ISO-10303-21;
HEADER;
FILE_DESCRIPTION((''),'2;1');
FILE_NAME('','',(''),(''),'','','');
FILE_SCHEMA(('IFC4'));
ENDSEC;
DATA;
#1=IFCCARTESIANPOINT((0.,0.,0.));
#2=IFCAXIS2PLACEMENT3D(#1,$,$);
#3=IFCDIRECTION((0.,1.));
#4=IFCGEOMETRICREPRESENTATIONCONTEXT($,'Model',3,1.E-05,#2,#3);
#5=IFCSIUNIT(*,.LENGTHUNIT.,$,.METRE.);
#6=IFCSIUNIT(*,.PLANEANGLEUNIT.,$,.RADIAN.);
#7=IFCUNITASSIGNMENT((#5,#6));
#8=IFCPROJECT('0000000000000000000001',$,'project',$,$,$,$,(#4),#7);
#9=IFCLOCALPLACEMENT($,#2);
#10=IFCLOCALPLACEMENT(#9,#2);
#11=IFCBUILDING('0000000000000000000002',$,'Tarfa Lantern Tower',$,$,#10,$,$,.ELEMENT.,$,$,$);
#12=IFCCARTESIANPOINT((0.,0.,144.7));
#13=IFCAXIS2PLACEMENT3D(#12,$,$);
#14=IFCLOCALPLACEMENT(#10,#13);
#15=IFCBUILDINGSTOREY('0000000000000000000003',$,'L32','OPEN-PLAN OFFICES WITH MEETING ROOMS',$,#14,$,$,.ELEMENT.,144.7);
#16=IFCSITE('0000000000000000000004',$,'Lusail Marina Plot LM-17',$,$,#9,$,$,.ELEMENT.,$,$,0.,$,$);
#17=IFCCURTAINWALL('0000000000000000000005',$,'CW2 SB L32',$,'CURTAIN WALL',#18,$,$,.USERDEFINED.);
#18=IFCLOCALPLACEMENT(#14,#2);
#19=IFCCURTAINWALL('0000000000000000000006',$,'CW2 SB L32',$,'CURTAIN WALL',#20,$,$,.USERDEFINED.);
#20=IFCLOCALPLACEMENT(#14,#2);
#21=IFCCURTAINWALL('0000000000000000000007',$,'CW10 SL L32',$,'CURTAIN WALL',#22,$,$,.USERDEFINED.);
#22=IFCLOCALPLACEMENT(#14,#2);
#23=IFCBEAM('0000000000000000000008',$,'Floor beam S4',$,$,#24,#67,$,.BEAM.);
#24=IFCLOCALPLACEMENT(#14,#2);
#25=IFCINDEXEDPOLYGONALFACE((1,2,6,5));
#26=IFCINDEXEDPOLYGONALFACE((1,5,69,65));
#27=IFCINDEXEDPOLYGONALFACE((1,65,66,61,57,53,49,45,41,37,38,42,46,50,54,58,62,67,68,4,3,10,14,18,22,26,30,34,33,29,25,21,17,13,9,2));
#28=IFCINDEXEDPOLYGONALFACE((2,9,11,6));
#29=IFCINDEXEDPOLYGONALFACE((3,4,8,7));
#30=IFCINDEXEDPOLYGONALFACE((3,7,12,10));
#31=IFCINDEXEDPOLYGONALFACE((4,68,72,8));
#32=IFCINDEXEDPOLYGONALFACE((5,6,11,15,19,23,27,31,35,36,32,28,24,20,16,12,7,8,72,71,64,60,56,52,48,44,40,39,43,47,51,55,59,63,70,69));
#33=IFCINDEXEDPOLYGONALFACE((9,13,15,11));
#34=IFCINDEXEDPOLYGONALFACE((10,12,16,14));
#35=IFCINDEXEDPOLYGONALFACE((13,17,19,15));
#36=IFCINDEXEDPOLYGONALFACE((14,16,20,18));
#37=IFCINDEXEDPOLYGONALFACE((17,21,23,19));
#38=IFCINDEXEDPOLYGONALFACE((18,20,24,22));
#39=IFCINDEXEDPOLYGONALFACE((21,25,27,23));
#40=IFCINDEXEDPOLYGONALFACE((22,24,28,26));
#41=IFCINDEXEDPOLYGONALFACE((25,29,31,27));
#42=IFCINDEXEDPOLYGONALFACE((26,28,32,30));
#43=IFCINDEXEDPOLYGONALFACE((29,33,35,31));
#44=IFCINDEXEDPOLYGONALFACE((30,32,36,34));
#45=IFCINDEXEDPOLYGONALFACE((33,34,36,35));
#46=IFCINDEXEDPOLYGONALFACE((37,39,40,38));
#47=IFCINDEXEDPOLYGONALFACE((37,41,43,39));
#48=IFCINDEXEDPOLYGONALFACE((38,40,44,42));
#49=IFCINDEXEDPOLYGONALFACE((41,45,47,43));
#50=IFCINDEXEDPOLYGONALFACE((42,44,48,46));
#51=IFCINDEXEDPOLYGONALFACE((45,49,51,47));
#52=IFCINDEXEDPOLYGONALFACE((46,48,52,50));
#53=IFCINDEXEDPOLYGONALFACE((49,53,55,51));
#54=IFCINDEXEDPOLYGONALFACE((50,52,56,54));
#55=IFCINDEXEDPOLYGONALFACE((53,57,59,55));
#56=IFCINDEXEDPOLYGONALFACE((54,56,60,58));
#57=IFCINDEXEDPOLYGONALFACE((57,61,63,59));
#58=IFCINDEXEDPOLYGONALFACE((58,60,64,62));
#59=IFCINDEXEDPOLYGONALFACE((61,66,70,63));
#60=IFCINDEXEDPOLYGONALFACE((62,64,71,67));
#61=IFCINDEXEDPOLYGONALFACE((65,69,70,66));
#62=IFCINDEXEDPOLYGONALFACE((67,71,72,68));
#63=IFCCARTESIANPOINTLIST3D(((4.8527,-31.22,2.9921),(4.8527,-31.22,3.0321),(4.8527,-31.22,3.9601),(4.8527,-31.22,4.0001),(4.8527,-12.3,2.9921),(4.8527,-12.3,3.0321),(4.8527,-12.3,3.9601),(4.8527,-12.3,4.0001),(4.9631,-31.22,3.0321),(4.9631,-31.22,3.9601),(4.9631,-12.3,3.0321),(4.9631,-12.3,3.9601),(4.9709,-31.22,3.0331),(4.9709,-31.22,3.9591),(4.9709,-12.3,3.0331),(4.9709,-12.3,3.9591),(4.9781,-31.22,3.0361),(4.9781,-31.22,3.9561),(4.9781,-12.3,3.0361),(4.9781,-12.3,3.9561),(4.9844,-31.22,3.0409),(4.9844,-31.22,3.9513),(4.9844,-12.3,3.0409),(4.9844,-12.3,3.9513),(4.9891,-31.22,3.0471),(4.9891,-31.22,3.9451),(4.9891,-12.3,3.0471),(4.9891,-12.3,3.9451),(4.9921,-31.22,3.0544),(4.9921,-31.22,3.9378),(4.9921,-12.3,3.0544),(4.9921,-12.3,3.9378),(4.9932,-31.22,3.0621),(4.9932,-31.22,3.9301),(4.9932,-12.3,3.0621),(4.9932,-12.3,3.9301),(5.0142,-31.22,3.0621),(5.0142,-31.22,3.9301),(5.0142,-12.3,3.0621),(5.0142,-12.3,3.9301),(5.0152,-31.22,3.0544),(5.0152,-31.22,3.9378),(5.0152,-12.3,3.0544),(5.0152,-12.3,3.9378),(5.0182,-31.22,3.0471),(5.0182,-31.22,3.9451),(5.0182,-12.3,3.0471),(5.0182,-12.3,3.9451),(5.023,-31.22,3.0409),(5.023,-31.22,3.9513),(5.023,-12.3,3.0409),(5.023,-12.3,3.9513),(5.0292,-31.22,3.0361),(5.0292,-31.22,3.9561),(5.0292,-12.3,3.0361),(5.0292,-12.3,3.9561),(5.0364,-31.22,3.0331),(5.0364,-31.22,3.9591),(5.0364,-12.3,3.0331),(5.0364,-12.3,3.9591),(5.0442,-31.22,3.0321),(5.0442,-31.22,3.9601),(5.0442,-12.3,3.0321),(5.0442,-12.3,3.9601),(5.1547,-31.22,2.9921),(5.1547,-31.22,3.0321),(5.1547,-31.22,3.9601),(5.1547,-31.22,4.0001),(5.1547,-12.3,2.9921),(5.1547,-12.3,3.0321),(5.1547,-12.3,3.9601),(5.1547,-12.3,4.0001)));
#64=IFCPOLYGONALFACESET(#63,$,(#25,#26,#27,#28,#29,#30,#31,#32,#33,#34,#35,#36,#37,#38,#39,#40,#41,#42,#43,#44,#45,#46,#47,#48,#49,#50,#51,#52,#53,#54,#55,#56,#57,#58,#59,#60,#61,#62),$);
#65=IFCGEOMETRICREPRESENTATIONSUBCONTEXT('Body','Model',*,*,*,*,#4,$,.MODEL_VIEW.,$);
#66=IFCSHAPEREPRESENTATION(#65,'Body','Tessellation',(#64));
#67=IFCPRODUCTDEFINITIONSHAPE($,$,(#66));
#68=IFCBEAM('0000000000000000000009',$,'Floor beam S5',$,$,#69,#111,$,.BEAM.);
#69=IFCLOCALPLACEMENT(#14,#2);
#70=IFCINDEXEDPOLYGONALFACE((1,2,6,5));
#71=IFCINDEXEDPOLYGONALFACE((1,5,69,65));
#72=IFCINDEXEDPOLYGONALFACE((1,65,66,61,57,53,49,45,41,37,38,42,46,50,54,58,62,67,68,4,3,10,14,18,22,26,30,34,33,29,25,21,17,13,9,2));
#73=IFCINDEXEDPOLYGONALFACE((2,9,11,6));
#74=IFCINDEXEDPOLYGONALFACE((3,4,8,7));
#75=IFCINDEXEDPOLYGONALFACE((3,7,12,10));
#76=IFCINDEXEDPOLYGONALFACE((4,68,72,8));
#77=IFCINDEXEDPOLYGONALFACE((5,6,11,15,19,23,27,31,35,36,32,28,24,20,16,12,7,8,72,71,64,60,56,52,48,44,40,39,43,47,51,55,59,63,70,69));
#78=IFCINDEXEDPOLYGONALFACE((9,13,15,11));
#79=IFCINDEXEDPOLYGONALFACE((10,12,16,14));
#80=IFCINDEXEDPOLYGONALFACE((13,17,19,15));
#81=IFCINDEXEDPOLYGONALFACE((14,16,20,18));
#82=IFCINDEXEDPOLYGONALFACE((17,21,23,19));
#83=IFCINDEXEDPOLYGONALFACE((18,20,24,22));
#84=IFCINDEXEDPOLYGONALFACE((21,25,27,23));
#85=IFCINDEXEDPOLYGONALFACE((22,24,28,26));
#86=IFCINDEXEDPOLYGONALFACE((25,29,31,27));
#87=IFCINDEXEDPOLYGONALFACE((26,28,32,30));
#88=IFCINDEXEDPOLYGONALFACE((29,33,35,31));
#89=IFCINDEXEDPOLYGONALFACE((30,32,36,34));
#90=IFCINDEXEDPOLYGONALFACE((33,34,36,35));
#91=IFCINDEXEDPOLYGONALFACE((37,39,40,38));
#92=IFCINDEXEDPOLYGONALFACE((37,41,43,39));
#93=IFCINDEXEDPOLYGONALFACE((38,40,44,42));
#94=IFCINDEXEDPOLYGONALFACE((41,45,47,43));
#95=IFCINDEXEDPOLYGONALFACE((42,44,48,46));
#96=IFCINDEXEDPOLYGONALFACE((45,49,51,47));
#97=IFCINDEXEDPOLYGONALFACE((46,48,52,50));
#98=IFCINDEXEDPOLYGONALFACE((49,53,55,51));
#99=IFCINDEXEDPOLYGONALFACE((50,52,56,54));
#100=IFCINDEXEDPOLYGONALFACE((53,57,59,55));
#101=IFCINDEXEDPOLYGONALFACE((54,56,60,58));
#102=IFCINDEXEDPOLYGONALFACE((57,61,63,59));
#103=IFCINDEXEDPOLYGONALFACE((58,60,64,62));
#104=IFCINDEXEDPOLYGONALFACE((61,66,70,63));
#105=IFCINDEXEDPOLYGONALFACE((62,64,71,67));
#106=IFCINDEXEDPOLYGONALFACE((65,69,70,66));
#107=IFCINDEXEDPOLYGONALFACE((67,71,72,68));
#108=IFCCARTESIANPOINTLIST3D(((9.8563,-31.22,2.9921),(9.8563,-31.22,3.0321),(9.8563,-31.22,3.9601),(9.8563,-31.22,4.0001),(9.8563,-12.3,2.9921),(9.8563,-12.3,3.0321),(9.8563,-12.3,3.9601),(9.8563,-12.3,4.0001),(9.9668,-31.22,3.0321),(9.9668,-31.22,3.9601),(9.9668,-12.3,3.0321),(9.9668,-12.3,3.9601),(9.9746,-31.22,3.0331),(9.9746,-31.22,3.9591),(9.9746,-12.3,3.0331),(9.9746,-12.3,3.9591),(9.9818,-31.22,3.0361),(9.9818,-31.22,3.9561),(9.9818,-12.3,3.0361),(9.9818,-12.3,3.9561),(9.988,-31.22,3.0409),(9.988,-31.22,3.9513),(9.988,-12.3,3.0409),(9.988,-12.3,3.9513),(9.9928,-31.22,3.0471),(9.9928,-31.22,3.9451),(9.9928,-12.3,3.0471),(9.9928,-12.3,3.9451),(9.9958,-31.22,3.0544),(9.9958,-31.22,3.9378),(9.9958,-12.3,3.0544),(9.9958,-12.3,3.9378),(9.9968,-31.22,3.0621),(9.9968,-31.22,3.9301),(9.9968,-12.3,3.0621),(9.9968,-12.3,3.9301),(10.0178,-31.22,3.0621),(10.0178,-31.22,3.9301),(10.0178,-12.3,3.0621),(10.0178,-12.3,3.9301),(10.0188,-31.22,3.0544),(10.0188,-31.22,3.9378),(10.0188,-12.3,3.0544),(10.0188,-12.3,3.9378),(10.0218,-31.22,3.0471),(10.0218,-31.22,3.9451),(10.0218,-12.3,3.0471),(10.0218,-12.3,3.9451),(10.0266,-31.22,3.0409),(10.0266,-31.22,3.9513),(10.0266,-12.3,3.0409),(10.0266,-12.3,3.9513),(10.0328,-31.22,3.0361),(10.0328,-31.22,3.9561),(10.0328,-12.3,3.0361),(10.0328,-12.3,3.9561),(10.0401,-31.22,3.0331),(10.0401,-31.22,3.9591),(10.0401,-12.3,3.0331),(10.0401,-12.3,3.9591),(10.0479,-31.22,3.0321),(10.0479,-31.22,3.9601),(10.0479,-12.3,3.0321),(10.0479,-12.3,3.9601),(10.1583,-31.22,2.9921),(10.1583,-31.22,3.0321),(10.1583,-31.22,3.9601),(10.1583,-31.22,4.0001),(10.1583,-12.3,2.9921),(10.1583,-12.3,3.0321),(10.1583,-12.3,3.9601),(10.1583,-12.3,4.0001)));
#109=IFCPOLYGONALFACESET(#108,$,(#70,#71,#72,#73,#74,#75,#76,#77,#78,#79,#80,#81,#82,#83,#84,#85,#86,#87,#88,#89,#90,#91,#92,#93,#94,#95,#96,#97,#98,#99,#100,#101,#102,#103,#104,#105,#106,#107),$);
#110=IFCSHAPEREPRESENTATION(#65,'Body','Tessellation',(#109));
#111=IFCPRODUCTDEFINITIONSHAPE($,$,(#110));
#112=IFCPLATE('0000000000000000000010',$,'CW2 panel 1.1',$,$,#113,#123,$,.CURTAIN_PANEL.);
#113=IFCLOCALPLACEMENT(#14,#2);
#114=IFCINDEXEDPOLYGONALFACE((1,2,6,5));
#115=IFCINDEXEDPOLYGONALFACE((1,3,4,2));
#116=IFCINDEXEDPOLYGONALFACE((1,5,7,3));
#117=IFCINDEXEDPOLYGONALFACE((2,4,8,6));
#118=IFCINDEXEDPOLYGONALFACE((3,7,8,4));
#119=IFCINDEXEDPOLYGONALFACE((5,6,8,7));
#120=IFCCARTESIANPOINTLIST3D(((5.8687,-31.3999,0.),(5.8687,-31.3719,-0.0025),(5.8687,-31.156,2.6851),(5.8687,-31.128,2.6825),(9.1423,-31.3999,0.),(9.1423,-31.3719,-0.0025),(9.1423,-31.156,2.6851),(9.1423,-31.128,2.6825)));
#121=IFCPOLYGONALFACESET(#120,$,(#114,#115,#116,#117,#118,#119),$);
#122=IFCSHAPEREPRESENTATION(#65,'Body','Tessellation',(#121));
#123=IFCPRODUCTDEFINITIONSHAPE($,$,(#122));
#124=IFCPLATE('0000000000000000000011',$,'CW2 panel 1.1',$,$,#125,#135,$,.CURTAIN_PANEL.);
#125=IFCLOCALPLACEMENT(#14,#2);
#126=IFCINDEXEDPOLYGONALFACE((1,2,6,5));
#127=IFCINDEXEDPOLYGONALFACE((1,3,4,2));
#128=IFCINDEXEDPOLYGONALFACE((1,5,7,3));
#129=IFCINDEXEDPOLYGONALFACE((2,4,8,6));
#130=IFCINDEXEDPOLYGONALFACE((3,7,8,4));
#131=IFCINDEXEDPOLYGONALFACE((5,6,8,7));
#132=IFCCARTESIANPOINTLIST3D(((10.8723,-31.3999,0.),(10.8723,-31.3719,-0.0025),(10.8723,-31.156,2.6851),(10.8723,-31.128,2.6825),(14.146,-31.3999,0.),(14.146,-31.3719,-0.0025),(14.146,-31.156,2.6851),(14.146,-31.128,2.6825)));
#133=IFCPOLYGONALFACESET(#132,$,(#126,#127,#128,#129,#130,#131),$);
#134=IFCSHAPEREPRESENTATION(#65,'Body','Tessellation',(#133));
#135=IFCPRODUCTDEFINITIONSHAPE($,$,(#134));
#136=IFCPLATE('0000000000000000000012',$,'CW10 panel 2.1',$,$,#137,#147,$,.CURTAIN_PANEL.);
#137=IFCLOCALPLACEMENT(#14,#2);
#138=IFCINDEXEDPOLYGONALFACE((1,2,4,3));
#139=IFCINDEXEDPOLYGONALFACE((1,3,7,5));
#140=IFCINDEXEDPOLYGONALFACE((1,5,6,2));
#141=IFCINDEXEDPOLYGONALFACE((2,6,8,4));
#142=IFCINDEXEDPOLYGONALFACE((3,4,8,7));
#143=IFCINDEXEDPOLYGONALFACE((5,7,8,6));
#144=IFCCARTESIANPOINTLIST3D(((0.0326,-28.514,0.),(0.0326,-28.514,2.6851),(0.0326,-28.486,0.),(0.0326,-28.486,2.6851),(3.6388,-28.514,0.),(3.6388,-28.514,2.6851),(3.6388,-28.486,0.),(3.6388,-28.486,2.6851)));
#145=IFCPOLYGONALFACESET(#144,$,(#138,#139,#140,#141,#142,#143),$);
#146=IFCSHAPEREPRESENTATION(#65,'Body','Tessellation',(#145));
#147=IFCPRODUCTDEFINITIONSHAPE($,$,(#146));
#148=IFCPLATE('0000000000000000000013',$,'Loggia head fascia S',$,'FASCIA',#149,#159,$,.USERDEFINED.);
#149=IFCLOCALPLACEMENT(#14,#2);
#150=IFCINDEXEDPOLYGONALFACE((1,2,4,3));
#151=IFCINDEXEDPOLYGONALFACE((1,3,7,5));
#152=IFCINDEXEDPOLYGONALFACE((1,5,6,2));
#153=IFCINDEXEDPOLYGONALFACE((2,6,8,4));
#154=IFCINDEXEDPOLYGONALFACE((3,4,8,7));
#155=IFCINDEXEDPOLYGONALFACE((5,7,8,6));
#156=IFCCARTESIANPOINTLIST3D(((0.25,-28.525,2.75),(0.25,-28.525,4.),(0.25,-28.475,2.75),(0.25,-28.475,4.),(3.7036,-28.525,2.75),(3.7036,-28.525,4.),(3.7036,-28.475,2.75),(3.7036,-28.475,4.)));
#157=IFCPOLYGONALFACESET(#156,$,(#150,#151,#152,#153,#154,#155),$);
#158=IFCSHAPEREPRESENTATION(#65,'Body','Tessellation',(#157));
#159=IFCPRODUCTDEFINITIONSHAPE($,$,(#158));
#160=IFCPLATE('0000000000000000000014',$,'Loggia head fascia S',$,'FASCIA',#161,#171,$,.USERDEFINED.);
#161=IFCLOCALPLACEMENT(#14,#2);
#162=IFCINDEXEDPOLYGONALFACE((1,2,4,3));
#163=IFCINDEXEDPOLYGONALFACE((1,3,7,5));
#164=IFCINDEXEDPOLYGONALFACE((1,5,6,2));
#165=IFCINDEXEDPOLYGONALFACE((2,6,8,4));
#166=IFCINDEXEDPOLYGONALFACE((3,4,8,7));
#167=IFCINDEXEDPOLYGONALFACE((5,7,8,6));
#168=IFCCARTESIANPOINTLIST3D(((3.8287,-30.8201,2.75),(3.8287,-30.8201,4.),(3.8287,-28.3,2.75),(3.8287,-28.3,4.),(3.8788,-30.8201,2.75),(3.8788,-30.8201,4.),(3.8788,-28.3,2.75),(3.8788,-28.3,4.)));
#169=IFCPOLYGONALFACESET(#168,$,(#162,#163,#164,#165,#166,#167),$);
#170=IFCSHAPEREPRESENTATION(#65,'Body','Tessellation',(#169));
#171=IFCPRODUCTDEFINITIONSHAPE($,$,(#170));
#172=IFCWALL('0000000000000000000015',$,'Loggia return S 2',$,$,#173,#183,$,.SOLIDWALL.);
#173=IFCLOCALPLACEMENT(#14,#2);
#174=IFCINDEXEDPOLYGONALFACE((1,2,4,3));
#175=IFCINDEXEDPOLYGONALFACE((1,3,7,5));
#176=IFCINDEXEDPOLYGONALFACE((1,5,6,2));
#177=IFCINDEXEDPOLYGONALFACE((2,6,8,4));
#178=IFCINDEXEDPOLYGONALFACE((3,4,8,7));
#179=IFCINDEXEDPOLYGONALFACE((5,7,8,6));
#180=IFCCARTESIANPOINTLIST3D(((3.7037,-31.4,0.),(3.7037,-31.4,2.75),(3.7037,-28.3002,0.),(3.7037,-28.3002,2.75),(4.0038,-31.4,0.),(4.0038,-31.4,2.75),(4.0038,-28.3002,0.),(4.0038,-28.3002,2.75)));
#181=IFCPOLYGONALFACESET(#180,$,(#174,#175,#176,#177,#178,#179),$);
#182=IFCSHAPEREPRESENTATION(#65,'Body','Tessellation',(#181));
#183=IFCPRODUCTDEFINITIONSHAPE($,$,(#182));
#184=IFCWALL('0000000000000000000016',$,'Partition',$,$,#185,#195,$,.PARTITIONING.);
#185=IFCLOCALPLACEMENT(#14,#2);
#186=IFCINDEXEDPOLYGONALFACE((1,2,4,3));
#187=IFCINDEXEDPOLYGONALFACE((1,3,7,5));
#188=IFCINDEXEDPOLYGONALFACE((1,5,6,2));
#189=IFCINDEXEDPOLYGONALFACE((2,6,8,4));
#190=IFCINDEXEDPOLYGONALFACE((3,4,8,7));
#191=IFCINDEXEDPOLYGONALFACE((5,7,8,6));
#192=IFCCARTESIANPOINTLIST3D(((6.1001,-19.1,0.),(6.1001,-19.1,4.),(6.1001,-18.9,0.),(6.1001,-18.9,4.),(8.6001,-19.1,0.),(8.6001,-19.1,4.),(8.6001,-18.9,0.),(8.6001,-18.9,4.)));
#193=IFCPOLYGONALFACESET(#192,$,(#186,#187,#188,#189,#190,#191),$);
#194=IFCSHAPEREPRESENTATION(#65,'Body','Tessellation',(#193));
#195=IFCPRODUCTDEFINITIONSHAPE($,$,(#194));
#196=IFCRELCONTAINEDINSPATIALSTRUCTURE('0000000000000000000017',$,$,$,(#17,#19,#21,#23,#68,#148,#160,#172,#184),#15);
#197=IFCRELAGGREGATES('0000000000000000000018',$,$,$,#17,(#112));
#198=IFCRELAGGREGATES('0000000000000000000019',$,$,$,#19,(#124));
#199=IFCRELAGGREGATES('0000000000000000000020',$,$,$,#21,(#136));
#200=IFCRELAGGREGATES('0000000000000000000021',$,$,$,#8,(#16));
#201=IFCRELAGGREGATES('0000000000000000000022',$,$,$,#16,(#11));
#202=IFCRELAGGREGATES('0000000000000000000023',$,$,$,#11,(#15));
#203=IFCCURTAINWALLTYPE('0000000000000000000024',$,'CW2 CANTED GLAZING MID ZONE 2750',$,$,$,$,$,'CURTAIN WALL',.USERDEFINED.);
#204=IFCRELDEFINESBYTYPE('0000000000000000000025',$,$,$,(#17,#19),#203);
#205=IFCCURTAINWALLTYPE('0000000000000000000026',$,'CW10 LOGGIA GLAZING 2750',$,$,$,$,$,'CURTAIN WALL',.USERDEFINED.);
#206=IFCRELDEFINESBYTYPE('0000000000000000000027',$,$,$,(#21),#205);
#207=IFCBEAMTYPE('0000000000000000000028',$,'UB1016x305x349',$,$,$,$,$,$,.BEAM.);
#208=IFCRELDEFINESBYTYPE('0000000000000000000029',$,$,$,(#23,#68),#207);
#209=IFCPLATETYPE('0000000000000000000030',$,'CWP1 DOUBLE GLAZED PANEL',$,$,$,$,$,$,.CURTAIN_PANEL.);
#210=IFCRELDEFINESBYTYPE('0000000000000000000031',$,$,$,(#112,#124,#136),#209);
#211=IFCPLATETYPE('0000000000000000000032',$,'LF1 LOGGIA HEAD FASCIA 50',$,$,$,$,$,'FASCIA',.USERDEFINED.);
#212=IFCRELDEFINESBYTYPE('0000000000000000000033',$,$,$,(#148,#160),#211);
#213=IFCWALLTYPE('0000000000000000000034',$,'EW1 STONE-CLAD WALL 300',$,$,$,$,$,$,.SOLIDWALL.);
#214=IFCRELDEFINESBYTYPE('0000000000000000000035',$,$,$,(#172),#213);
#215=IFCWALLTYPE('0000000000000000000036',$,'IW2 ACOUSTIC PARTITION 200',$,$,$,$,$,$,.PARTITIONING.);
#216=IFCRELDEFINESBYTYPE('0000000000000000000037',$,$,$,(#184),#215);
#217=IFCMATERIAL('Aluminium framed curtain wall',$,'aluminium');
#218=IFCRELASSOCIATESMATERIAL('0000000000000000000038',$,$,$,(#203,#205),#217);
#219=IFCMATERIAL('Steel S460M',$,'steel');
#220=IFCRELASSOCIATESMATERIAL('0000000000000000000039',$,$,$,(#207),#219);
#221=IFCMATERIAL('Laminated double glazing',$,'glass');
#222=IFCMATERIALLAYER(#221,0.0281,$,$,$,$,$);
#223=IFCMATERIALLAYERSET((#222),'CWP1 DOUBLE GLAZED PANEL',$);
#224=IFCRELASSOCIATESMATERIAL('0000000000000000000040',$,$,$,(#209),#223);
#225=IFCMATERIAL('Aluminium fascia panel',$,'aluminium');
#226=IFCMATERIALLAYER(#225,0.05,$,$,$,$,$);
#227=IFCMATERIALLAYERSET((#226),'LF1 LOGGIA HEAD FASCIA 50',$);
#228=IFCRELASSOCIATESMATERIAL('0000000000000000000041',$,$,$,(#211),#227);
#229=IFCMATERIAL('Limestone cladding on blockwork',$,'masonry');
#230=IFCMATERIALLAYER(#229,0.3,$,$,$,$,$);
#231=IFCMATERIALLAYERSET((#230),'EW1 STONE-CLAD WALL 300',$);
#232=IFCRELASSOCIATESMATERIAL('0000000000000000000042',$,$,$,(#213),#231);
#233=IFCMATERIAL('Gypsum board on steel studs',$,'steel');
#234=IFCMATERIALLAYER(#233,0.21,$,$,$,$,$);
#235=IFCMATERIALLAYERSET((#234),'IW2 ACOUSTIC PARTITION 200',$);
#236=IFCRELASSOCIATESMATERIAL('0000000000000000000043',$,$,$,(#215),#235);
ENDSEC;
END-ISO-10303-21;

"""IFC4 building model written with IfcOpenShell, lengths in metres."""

from ifc_helpers import new_model, si_unit, direction, frame, frame_2d, origin, origin_2d, place, context, subcontext, project, spatial, polyline, rectangle, i_section, outline, extrude, material, layer, layer_set, material_profile, profile_set, type_object, element, aggregate, save


model = new_model("IFC4")

# Units and contexts
model_context = context("Model", 3, precision=1e-05, world=origin(), true_north=direction((0.0, 1.0)))
body_context = subcontext(model_context, "Body", "Model", "MODEL_VIEW")
ifc_project = project(units=[si_unit("LENGTHUNIT", "METRE"), si_unit("PLANEANGLEUNIT", "RADIAN")], contexts=[model_context])

# Site, building, storey
site_placement = place(None, origin())
site = spatial("IfcSite", under=ifc_project, at=site_placement, Name="Lusail Marina Plot LM-17", CompositionType="ELEMENT", RefElevation=0.0)
building_placement = place(site_placement, origin())
building = spatial("IfcBuilding", under=site, at=building_placement, Name="Tarfa Lantern Tower", CompositionType="ELEMENT")
storey_placement = place(building_placement, frame((0.0, 0.0, 144.7)))
storey = spatial("IfcBuildingStorey", under=building, at=storey_placement, Name="L32", Description="OPEN-PLAN OFFICES WITH MEETING ROOMS", CompositionType="ELEMENT", Elevation=144.7)

# Curtain wall
ifc_material_1 = material(Name="Aluminium framed curtain wall", Category="aluminium")
curtain_wall_type_1 = type_object("IfcCurtainWallType", Name="CW2 CANTED GLAZING MID ZONE 2750", ElementType="CURTAIN WALL", PredefinedType="USERDEFINED", material=ifc_material_1)
curtain_wall_1_placement = place(storey_placement, origin())
curtain_wall_1 = element("IfcCurtainWall", 1, at=curtain_wall_1_placement, inside=storey, type_object=curtain_wall_type_1, Name="CW2 SB L32", ObjectType="CURTAIN WALL", PredefinedType="USERDEFINED")

# Curtain walls
curtain_wall_2_placement = place(storey_placement, origin())
curtain_wall_2 = element("IfcCurtainWall", 2, at=curtain_wall_2_placement, inside=storey, type_object=curtain_wall_type_1, Name="CW2 SB L32", ObjectType="CURTAIN WALL", PredefinedType="USERDEFINED")
curtain_wall_type_2 = type_object("IfcCurtainWallType", Name="CW10 LOGGIA GLAZING 2750", ElementType="CURTAIN WALL", PredefinedType="USERDEFINED", material=ifc_material_1)
curtain_wall_3_placement = place(storey_placement, origin())
curtain_wall_3 = element("IfcCurtainWall", 3, at=curtain_wall_3_placement, inside=storey, type_object=curtain_wall_type_2, Name="CW10 SL L32", ObjectType="CURTAIN WALL", PredefinedType="USERDEFINED")

# Beams
ifc_material_2 = material(Name="Steel S460M", Category="steel")
ifc_material_profile_1 = material_profile(ifc_material_2, i_section(OverallWidth=0.302, OverallDepth=1.0081, WebThickness=0.021, FlangeThickness=0.04, FilletRadius=0.03, at=origin_2d()), Name="UB1016x305x349")
ifc_profile_set_1 = profile_set([ifc_material_profile_1], Name="Steel S460M")
beam_type_1 = type_object("IfcBeamType", Name="UB1016x305x349", PredefinedType="BEAM", material=ifc_profile_set_1)
for number, where, z_axis, x_axis, name in (
    (4, (5.0037, -31.22, 3.4961), (0.0, 1.0, 0.0), (-1.0, 0.0, 0.0), "Floor beam S4"),
    (5, (10.0073, -31.22, 3.4961), (0.0, 1.0, 0.0), (-1.0, 0.0, 0.0), "Floor beam S5"),
):
    element("IfcBeam", number, at=place(storey_placement, frame(where, z_axis=z_axis, x_axis=x_axis)), inside=storey, type_object=beam_type_1, Name=name, PredefinedType="BEAM", context=body_context, shape_type="SweptSolid", body=[
        extrude(i_section(OverallWidth=0.302, OverallDepth=1.0081, WebThickness=0.021, FlangeThickness=0.04, FilletRadius=0.03, at=origin_2d()), origin(), (0.0, 0.0, 1.0), 18.9199),
    ])

# Plates
ifc_material_3 = material(Name="Laminated double glazing", Category="glass")
ifc_layer_1 = layer(ifc_material_3, 0.0281)
ifc_layer_set_1 = layer_set([ifc_layer_1], Name="CWP1 DOUBLE GLAZED PANEL")
plate_type_1 = type_object("IfcPlateType", Name="CWP1 DOUBLE GLAZED PANEL", PredefinedType="CURTAIN_PANEL", material=ifc_layer_set_1)
plate_1_placement = place(storey_placement, frame((5.8687, -31.3999, 0.0), z_axis=(0.0, -0.9959, 0.090462), x_axis=(1.0, 0.0, 0.0)))
plate_1 = element("IfcPlate", 6, at=plate_1_placement, type_object=plate_type_1, Name="CW2 panel 1.1", PredefinedType="CURTAIN_PANEL", context=body_context, shape_type="SweptSolid", body=[
    extrude(outline(polyline([(0.0, 0.0), (3.2737, 0.0), (3.2737, 2.6961), (0.0, 2.6961), (0.0, 0.0)])), origin(), (0.0, 0.0, -1.0), 0.0281),
])
aggregate(curtain_wall_1, [plate_1])
plate_2_placement = place(storey_placement, frame((10.8723, -31.3999, 0.0), z_axis=(0.0, -0.9959, 0.090462), x_axis=(1.0, 0.0, 0.0)))
plate_2 = element("IfcPlate", 7, at=plate_2_placement, type_object=plate_type_1, Name="CW2 panel 1.1", PredefinedType="CURTAIN_PANEL", context=body_context, shape_type="SweptSolid", body=[
    extrude(outline(polyline([(0.0, 0.0), (3.2737, 0.0), (3.2737, 2.6961), (0.0, 2.6961), (0.0, 0.0)])), origin(), (0.0, 0.0, -1.0), 0.0281),
])
aggregate(curtain_wall_2, [plate_2])
plate_3_placement = place(storey_placement, frame((1.8357, -28.5, 0.0), z_axis=(0.0, 0.0, 1.0), x_axis=(1.0, 0.0, 0.0)))
plate_3 = element("IfcPlate", 8, at=plate_3_placement, type_object=plate_type_1, Name="CW10 panel 2.1", PredefinedType="CURTAIN_PANEL", context=body_context, shape_type="SweptSolid", body=[
    extrude(rectangle(XDim=3.6062, YDim=0.0281, at=origin_2d()), origin(), (0.0, 0.0, 1.0), 2.6851),
])
aggregate(curtain_wall_3, [plate_3])

# Plates
ifc_material_4 = material(Name="Aluminium fascia panel", Category="aluminium")
ifc_layer_2 = layer(ifc_material_4, 0.05)
ifc_layer_set_2 = layer_set([ifc_layer_2], Name="LF1 LOGGIA HEAD FASCIA 50")
plate_type_2 = type_object("IfcPlateType", Name="LF1 LOGGIA HEAD FASCIA 50", ElementType="FASCIA", PredefinedType="USERDEFINED", material=ifc_layer_set_2)
plate_4_placement = place(storey_placement, frame((1.9768, -28.5, 2.75), z_axis=(0.0, 0.0, 1.0), x_axis=(1.0, 0.0, 0.0)))
element("IfcPlate", 9, at=plate_4_placement, inside=storey, type_object=plate_type_2, Name="Loggia head fascia S", ObjectType="FASCIA", PredefinedType="USERDEFINED", context=body_context, shape_type="SweptSolid", body=[
    extrude(rectangle(XDim=3.4536, YDim=0.05, at=origin_2d()), origin(), (0.0, 0.0, 1.0), 1.25),
])
plate_5_placement = place(storey_placement, frame((3.8538, -29.5601, 2.75), z_axis=(0.0, 0.0, 1.0), x_axis=(0.0, 1.0, 0.0)))
element("IfcPlate", 10, at=plate_5_placement, inside=storey, type_object=plate_type_2, Name="Loggia head fascia S", ObjectType="FASCIA", PredefinedType="USERDEFINED", context=body_context, shape_type="SweptSolid", body=[
    extrude(rectangle(XDim=2.52, YDim=0.05, at=origin_2d()), origin(), (0.0, 0.0, 1.0), 1.25),
])

# Walls
ifc_material_5 = material(Name="Limestone cladding on blockwork", Category="masonry")
ifc_layer_3 = layer(ifc_material_5, 0.3)
ifc_layer_set_3 = layer_set([ifc_layer_3], Name="EW1 STONE-CLAD WALL 300")
wall_type_1 = type_object("IfcWallType", Name="EW1 STONE-CLAD WALL 300", PredefinedType="SOLIDWALL", material=ifc_layer_set_3)
wall_placement = place(storey_placement, frame((3.8538, -31.3999, 0.0), z_axis=(0.0, 0.0, 1.0), x_axis=(0.0, 1.0, 0.0)))
element("IfcWall", 11, at=wall_placement, inside=storey, type_object=wall_type_1, Name="Loggia return S 2", PredefinedType="SOLIDWALL", context=body_context, shape_type="SweptSolid", body=[
    extrude(rectangle(XDim=3.0999, YDim=0.3, at=frame_2d((1.5498, 0.0))), origin(), (0.0, 0.0, 1.0), 2.75),
])
ifc_material_6 = material(Name="Gypsum board on steel studs", Category="steel")
ifc_layer_4 = layer(ifc_material_6, 0.21)
ifc_layer_set_4 = layer_set([ifc_layer_4], Name="IW2 ACOUSTIC PARTITION 200")
wall_type_2 = type_object("IfcWallType", Name="IW2 ACOUSTIC PARTITION 200", PredefinedType="PARTITIONING", material=ifc_layer_set_4)
for number, where, z_axis, x_axis, name in (
    (12, (8.6001, -19.0, 0.0), (0.0, 0.0, 1.0), (-1.0, 0.0, 0.0), "Partition"),
):
    element("IfcWall", number, at=place(storey_placement, frame(where, z_axis=z_axis, x_axis=x_axis)), inside=storey, type_object=wall_type_2, Name=name, PredefinedType="PARTITIONING", context=body_context, shape_type="SweptSolid", body=[
        extrude(rectangle(XDim=2.5, YDim=0.2, at=frame_2d((1.25, 0.0))), origin(), (0.0, 0.0, 1.0), 4.0),
    ])

save(model, "model.ifc")
